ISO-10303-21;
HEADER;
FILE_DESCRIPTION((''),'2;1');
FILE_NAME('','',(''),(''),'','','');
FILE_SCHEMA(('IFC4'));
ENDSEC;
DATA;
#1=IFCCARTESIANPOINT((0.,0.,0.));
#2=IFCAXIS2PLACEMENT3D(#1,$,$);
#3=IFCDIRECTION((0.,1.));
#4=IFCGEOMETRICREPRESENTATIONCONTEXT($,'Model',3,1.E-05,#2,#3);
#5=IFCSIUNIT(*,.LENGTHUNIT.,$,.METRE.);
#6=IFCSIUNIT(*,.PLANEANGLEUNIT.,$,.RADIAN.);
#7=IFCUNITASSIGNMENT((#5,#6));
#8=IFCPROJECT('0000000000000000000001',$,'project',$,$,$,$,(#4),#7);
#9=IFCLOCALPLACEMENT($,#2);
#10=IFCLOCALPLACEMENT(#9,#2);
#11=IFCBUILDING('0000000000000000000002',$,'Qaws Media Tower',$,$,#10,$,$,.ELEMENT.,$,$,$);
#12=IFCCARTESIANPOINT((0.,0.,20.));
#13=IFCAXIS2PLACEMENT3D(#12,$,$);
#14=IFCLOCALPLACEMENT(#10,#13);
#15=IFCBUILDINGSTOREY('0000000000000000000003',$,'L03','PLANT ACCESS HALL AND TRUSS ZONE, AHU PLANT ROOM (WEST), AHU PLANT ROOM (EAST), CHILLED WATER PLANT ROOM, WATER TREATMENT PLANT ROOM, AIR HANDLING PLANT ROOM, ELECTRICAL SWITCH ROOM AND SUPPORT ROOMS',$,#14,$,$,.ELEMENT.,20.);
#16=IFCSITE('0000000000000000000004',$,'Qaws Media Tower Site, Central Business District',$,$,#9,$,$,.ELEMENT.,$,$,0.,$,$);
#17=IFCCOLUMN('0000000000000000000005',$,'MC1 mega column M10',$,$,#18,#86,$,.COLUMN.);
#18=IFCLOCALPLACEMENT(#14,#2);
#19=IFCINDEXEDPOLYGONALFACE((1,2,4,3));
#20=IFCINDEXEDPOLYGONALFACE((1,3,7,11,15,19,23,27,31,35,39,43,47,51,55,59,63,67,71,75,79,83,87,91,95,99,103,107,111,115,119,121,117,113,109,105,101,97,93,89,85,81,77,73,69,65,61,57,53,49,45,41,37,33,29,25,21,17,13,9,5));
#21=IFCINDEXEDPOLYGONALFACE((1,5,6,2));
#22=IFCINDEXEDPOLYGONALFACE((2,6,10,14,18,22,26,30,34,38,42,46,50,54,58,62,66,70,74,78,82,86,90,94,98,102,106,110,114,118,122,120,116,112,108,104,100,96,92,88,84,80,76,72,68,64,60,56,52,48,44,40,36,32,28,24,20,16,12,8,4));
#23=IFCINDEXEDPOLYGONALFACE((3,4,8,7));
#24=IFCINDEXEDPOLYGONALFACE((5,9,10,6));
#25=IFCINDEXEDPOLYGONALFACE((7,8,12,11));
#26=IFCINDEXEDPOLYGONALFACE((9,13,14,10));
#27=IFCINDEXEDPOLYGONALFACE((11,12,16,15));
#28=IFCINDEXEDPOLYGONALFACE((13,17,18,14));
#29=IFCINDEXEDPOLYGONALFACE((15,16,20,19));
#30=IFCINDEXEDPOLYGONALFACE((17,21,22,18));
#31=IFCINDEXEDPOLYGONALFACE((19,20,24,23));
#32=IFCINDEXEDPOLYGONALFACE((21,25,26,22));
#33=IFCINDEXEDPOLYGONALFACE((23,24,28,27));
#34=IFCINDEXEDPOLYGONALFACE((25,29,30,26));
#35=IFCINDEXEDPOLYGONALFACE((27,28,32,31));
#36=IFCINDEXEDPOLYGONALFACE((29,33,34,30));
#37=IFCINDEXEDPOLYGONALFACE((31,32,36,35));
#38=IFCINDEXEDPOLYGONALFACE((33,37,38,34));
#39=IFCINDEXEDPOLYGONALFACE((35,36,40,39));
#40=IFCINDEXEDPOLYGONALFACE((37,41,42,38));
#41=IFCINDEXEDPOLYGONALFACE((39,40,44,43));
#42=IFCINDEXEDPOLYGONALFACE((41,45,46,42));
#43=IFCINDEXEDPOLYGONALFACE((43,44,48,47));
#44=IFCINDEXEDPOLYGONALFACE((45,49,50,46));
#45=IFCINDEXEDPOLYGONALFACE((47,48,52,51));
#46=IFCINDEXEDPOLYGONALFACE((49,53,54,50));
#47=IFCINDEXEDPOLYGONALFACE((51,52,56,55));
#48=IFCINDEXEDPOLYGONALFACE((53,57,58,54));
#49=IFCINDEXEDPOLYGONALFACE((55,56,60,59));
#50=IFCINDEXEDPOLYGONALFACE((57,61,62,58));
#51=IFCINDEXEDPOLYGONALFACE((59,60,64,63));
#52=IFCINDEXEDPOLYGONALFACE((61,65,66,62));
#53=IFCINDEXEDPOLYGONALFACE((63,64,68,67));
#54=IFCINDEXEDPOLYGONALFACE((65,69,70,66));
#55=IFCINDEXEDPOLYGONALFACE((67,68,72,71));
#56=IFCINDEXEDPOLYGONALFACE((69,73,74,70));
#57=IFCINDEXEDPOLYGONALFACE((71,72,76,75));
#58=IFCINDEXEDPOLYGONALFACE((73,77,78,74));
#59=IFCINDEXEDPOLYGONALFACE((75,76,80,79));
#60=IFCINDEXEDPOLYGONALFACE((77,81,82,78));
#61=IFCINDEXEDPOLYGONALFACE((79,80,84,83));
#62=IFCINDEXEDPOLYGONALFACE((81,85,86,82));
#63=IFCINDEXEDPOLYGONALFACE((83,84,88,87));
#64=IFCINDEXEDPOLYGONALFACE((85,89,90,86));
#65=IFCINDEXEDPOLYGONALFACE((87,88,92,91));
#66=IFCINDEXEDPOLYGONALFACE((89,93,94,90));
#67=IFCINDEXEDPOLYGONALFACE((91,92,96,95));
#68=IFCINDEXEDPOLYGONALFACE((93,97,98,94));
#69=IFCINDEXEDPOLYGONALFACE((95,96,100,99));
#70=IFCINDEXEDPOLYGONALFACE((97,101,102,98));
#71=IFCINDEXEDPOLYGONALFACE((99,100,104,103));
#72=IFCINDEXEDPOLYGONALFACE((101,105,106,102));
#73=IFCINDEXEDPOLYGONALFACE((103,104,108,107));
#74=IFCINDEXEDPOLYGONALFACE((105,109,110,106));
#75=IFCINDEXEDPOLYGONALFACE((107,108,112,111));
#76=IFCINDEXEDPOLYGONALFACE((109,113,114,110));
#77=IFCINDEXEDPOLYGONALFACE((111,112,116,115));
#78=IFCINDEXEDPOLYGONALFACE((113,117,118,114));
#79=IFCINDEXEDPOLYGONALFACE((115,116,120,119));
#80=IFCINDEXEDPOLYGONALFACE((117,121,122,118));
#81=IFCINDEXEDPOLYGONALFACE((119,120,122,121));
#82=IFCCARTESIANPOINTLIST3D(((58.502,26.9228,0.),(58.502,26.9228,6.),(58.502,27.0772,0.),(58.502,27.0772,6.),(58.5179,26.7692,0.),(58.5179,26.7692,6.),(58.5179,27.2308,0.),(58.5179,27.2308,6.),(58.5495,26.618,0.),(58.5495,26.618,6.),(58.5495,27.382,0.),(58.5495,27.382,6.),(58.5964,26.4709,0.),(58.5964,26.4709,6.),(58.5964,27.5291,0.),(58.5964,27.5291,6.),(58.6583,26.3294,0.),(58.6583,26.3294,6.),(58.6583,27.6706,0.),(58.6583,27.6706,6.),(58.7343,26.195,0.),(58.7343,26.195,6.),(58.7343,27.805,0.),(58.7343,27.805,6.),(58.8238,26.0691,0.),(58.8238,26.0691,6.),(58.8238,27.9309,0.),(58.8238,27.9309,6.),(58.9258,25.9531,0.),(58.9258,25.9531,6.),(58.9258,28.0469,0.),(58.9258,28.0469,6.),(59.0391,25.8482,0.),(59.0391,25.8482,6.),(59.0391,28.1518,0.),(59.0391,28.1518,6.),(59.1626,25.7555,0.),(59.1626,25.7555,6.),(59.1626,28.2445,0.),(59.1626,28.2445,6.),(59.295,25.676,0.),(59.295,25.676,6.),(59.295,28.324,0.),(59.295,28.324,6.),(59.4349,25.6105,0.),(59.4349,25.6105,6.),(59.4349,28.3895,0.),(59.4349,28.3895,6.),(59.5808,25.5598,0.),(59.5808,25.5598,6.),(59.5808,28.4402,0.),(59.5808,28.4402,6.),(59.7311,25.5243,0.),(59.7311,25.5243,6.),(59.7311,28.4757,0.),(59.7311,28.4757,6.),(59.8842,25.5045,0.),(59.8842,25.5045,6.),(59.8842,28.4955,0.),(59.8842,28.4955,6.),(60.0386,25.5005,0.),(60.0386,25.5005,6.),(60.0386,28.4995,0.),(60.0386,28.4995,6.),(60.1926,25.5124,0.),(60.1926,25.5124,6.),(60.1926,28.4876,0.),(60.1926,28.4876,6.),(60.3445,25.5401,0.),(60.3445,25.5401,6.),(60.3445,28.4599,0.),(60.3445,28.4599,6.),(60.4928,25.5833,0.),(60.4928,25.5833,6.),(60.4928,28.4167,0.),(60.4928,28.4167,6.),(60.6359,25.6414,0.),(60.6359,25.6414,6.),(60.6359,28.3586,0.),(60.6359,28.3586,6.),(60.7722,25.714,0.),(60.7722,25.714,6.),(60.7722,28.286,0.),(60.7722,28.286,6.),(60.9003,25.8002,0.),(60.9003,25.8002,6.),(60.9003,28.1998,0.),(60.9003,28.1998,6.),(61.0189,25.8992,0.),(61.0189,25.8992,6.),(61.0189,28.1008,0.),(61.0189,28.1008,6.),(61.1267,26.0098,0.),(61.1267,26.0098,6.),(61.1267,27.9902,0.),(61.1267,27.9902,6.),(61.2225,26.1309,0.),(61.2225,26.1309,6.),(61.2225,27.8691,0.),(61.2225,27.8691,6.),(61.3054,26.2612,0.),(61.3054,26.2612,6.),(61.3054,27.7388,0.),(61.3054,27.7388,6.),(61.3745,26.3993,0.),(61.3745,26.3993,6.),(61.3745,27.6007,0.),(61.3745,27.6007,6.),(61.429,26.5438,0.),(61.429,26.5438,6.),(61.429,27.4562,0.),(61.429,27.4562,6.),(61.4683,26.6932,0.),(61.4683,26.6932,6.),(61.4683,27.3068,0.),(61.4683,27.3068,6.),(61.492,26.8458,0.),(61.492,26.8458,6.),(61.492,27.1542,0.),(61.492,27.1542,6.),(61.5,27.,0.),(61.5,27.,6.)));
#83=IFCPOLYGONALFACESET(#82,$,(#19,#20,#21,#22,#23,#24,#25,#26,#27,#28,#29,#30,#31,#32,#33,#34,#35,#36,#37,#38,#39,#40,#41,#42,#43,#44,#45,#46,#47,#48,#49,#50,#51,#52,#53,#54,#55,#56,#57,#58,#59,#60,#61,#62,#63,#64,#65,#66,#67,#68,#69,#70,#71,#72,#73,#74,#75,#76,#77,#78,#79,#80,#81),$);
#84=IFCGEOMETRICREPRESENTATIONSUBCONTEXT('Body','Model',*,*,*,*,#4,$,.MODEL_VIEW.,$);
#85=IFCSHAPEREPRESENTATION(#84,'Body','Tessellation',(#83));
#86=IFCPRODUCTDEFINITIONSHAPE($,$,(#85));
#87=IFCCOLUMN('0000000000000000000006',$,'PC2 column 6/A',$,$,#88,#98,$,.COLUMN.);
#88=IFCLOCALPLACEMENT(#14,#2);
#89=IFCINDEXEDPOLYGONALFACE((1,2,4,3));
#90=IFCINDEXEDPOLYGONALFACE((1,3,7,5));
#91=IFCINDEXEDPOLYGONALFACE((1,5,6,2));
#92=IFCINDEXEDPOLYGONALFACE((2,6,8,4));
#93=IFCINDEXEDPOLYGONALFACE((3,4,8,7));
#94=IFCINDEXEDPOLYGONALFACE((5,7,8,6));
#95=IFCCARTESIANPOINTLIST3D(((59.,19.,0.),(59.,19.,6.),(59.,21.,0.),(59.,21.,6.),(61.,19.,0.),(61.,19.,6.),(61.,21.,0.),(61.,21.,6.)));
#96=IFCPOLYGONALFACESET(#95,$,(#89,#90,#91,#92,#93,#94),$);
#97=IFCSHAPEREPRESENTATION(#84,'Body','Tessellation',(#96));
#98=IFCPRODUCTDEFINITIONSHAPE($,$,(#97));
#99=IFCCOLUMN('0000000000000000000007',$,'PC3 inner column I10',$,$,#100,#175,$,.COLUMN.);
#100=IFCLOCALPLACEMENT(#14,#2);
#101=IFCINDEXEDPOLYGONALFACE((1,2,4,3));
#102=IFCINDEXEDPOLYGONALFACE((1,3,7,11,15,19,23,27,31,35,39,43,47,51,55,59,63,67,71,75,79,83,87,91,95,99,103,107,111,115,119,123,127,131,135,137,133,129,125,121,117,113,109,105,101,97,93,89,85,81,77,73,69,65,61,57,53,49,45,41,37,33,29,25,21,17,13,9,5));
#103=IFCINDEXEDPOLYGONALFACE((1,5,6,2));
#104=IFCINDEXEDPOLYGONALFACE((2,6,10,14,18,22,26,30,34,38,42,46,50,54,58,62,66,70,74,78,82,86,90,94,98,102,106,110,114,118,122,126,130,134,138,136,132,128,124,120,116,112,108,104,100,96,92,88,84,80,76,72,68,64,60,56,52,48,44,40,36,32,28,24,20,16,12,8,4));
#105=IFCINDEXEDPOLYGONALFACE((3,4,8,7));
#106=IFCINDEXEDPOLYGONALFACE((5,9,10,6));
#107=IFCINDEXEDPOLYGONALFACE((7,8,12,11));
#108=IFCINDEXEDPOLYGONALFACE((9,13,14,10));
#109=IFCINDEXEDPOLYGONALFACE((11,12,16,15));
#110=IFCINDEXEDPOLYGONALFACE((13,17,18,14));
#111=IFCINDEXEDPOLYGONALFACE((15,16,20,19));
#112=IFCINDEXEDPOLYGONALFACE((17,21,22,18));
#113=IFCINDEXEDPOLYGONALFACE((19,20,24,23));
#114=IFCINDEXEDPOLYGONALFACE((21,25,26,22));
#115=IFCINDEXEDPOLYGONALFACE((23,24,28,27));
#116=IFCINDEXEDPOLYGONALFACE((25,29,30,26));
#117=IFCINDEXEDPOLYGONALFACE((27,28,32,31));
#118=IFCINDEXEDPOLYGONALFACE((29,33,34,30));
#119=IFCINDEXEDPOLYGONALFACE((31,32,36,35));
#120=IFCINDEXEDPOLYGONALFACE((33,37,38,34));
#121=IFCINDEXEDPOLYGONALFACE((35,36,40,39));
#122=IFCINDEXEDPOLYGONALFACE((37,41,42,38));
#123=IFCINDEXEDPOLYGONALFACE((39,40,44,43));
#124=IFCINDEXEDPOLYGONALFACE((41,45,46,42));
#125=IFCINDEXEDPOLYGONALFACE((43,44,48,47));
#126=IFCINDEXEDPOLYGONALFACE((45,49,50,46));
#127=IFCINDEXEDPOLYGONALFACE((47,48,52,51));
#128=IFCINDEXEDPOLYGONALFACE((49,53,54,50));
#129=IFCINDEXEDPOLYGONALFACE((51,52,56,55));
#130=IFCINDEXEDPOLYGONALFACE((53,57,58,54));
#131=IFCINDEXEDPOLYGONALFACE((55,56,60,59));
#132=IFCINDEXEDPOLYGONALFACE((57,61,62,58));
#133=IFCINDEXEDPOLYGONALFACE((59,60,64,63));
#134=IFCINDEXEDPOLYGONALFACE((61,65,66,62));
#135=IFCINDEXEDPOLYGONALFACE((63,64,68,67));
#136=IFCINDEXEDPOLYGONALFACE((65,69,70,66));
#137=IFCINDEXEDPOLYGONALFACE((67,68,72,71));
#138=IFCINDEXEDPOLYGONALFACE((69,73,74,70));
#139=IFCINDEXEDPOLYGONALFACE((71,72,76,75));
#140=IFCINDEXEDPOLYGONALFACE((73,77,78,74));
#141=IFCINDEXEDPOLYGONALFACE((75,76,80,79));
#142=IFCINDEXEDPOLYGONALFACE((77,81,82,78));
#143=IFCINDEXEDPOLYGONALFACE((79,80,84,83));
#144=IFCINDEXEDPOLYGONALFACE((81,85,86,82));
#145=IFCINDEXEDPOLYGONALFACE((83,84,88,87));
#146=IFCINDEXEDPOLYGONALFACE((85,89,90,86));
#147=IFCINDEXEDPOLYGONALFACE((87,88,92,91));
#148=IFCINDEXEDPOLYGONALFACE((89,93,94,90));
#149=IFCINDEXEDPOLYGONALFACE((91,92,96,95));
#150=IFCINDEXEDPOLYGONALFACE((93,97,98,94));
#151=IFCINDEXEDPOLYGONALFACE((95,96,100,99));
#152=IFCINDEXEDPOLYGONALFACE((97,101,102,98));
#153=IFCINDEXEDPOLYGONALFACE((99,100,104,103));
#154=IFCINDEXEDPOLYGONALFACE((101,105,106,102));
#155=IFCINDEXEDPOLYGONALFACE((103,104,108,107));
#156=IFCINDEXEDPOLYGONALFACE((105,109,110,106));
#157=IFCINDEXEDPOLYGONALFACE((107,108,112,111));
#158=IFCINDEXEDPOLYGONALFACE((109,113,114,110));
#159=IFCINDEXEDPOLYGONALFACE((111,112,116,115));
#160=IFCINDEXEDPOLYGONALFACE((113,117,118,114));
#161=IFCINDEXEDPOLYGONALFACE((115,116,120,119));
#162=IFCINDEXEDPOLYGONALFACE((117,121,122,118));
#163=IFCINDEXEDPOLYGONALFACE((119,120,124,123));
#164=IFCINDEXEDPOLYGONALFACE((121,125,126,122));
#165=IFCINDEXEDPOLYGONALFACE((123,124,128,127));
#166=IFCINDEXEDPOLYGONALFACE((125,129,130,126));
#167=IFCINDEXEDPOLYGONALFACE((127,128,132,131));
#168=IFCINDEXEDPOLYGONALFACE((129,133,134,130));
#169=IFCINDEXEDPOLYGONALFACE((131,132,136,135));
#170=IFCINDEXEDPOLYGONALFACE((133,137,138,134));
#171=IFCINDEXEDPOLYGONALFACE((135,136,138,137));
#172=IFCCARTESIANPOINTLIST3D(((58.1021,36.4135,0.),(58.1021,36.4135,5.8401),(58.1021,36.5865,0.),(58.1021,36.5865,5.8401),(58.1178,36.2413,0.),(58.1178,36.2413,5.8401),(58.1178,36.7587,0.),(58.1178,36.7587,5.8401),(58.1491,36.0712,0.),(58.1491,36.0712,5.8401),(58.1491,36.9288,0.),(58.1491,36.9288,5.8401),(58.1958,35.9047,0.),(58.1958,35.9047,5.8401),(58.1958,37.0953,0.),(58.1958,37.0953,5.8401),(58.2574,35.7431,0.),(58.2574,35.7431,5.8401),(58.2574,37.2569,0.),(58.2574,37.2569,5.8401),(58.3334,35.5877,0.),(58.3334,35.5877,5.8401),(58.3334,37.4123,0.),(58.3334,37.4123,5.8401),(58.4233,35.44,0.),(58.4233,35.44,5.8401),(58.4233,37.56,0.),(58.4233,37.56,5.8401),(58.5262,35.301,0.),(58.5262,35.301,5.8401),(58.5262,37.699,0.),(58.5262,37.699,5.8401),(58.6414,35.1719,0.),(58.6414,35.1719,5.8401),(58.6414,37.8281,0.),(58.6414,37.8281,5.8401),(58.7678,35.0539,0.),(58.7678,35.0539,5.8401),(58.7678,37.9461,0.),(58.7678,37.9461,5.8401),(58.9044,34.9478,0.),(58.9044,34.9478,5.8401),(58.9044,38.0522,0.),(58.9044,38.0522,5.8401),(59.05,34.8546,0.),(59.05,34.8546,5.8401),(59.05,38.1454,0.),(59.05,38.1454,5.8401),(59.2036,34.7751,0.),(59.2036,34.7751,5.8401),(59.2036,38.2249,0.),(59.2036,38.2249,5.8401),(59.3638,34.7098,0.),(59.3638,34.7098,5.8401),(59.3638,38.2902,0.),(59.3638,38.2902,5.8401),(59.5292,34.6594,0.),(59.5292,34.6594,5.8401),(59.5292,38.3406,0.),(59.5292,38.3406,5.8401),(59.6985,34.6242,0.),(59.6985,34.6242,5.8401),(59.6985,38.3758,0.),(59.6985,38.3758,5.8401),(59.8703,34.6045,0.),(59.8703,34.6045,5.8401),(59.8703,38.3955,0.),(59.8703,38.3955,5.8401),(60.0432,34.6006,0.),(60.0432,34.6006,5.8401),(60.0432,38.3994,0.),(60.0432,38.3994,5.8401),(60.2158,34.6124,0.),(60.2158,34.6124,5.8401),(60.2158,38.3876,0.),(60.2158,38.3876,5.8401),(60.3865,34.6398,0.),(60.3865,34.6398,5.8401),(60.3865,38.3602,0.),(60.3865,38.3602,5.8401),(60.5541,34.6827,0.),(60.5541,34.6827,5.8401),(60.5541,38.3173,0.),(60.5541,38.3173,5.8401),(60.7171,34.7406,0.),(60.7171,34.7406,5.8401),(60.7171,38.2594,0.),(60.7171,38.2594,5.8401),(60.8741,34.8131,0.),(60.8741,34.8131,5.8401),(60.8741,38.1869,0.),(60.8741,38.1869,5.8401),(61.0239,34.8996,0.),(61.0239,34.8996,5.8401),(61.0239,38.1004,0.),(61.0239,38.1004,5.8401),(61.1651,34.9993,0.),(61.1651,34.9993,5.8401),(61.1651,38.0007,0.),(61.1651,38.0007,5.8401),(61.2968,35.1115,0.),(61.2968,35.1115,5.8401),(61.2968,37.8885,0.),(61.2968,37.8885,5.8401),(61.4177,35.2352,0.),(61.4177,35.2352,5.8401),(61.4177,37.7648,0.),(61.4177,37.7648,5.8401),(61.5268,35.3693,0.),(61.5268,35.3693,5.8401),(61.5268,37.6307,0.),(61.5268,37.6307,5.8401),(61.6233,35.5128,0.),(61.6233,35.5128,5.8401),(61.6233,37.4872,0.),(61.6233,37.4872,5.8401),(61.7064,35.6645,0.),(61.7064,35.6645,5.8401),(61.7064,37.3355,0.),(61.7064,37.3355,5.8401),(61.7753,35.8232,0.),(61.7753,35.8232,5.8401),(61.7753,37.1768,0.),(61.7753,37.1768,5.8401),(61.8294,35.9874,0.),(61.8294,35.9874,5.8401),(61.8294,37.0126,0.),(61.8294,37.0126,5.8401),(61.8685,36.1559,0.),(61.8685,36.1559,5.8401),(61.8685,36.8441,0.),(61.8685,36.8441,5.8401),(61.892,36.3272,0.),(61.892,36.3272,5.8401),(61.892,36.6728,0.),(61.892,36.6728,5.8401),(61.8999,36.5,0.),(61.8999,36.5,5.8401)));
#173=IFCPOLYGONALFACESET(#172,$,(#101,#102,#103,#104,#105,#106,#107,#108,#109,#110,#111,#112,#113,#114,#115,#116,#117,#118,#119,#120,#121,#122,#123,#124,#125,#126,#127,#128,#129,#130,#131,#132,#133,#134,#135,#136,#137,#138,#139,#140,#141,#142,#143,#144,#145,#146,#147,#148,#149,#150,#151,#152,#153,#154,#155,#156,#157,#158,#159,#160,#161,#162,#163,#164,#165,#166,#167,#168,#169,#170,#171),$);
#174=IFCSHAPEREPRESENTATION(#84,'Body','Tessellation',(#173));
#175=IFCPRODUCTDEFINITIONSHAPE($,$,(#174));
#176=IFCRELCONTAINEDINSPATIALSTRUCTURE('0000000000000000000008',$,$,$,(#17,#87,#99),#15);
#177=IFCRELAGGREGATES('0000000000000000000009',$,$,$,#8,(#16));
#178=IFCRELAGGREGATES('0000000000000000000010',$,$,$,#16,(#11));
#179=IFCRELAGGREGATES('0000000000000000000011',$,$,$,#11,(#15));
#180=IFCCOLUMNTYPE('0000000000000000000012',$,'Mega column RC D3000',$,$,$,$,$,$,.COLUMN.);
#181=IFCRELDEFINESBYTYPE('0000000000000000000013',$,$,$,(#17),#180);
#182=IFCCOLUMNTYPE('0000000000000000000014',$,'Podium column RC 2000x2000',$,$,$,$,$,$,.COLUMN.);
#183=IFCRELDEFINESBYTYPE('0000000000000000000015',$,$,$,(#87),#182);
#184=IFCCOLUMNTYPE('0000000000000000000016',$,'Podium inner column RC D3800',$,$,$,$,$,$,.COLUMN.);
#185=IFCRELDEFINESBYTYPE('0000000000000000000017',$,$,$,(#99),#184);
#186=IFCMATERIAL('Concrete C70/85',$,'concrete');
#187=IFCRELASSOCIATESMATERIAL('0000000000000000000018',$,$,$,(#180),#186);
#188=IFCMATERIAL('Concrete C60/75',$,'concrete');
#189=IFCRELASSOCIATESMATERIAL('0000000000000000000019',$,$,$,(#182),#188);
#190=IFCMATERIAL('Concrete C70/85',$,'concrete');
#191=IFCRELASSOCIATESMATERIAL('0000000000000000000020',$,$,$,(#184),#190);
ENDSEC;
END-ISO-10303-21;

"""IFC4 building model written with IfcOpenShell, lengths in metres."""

from ifc_helpers import new_model, si_unit, direction, frame, origin, origin_2d, place, context, subcontext, project, spatial, rectangle, circle, extrude, material, material_profile, profile_set, type_object, element, save


model = new_model("IFC4")

# Units and contexts
model_context = context("Model", 3, precision=1e-05, world=origin(), true_north=direction((0.0, 1.0)))
body_context = subcontext(model_context, "Body", "Model", "MODEL_VIEW")
ifc_project = project(units=[si_unit("LENGTHUNIT", "METRE"), si_unit("PLANEANGLEUNIT", "RADIAN")], contexts=[model_context])

# Site, building, storey
site_placement = place(None, origin())
site = spatial("IfcSite", under=ifc_project, at=site_placement, Name="Qaws Media Tower Site, Central Business District", CompositionType="ELEMENT", RefElevation=0.0)
building_placement = place(site_placement, origin())
building = spatial("IfcBuilding", under=site, at=building_placement, Name="Qaws Media Tower", CompositionType="ELEMENT")
storey_placement = place(building_placement, frame((0.0, 0.0, 20.0)))
storey = spatial("IfcBuildingStorey", under=building, at=storey_placement, Name="L03", Description="PLANT ACCESS HALL AND TRUSS ZONE, AHU PLANT ROOM (WEST), AHU PLANT ROOM (EAST), CHILLED WATER PLANT ROOM, WATER TREATMENT PLANT ROOM, AIR HANDLING PLANT ROOM, ELECTRICAL SWITCH ROOM AND SUPPORT ROOMS", CompositionType="ELEMENT", Elevation=20.0)

# Columns
ifc_material_1 = material(Name="Concrete C70/85", Category="concrete")
ifc_material_profile_1 = material_profile(ifc_material_1, circle(Radius=1.5, at=origin_2d()), Name="RC D3000")
ifc_profile_set_1 = profile_set([ifc_material_profile_1], Name="Concrete C70/85")
column_type_1 = type_object("IfcColumnType", Name="Mega column RC D3000", PredefinedType="COLUMN", material=ifc_profile_set_1)
column_1_placement = place(storey_placement, frame((60.0, 27.0, 0.0), z_axis=(0.0, 0.0, 1.0), x_axis=(1.0, 0.0, 0.0)))
element("IfcColumn", 1, at=column_1_placement, inside=storey, type_object=column_type_1, Name="MC1 mega column M10", PredefinedType="COLUMN", context=body_context, shape_type="SweptSolid", body=[
    extrude(circle(Radius=1.5, at=origin_2d()), origin(), (0.0, 0.0, 1.0), 6.0),
])
ifc_material_2 = material(Name="Concrete C60/75", Category="concrete")
ifc_material_profile_2 = material_profile(ifc_material_2, rectangle(XDim=2.0, YDim=2.0, at=origin_2d()), Name="RC 2000x2000")
ifc_profile_set_2 = profile_set([ifc_material_profile_2], Name="Concrete C60/75")
column_type_2 = type_object("IfcColumnType", Name="Podium column RC 2000x2000", PredefinedType="COLUMN", material=ifc_profile_set_2)
column_2_placement = place(storey_placement, frame((60.0, 20.0, 0.0), z_axis=(0.0, 0.0, 1.0), x_axis=(1.0, 0.0, 0.0)))
element("IfcColumn", 2, at=column_2_placement, inside=storey, type_object=column_type_2, Name="PC2 column 6/A", PredefinedType="COLUMN", context=body_context, shape_type="SweptSolid", body=[
    extrude(rectangle(XDim=2.0, YDim=2.0, at=origin_2d()), origin(), (0.0, 0.0, 1.0), 6.0),
])
ifc_material_3 = material(Name="Concrete C70/85", Category="concrete")
ifc_material_profile_3 = material_profile(ifc_material_3, circle(Radius=1.8999, at=origin_2d()), Name="RC D3800")
ifc_profile_set_3 = profile_set([ifc_material_profile_3], Name="Concrete C70/85")
column_type_3 = type_object("IfcColumnType", Name="Podium inner column RC D3800", PredefinedType="COLUMN", material=ifc_profile_set_3)
column_3_placement = place(storey_placement, frame((60.0, 36.5, 0.0), z_axis=(0.0, 0.0, 1.0), x_axis=(1.0, 0.0, 0.0)))
element("IfcColumn", 3, at=column_3_placement, inside=storey, type_object=column_type_3, Name="PC3 inner column I10", PredefinedType="COLUMN", context=body_context, shape_type="SweptSolid", body=[
    extrude(circle(Radius=1.8999, at=origin_2d()), origin(), (0.0, 0.0, 1.0), 5.8401),
])

save(model, "model.ifc")
